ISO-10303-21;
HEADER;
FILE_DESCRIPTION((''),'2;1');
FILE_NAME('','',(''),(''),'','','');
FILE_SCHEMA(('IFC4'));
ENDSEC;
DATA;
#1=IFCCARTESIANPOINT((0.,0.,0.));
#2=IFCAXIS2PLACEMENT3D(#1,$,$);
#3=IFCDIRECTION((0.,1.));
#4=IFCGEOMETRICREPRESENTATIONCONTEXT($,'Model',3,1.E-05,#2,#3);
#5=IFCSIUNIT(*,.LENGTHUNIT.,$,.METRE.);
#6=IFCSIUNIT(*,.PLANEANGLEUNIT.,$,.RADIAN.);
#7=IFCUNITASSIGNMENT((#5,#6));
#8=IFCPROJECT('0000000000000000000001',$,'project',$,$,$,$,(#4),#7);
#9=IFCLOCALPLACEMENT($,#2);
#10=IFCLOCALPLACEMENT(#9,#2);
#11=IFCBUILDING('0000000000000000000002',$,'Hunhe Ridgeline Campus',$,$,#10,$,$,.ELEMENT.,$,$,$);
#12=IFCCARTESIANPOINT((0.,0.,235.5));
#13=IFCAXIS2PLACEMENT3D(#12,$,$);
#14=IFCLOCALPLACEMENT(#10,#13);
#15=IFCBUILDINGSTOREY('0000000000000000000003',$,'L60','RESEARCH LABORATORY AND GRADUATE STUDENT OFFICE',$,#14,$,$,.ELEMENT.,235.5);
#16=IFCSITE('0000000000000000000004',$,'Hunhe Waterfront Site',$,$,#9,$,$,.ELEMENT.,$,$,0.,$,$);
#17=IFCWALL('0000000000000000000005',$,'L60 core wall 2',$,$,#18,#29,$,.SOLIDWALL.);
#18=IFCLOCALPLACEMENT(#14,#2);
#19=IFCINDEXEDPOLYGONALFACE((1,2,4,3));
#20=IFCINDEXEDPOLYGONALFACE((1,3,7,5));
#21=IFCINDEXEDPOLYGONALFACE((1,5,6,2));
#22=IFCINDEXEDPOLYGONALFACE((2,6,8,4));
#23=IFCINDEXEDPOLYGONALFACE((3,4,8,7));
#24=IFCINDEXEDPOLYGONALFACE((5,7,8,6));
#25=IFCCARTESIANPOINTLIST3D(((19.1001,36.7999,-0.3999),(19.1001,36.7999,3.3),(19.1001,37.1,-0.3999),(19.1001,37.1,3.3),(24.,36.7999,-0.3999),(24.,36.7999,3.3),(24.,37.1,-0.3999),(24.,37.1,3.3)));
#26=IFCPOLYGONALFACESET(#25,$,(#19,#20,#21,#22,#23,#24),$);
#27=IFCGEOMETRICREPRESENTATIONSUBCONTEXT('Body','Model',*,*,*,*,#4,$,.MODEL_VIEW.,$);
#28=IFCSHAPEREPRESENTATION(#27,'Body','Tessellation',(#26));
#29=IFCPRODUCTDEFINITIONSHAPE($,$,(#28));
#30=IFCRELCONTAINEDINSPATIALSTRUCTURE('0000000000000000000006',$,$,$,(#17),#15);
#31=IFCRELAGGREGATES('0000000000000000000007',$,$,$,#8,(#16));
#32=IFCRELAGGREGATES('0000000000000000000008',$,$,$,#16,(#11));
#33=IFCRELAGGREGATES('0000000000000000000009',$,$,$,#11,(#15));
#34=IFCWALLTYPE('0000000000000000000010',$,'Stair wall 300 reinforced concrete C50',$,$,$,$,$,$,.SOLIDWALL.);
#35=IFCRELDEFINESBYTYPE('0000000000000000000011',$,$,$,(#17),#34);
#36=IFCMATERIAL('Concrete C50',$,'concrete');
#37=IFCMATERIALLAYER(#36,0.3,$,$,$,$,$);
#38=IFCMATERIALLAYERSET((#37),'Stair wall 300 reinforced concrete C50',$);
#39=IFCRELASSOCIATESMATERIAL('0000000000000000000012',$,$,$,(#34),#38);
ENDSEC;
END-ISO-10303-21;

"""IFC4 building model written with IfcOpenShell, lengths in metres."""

from ifc_helpers import new_model, si_unit, direction, frame, frame_2d, origin, place, context, subcontext, project, spatial, rectangle, extrude, material, layer, layer_set, type_object, element, save


model = new_model("IFC4")

# Units and contexts
model_context = context("Model", 3, precision=1e-05, world=origin(), true_north=direction((0.0, 1.0)))
body_context = subcontext(model_context, "Body", "Model", "MODEL_VIEW")
ifc_project = project(units=[si_unit("LENGTHUNIT", "METRE"), si_unit("PLANEANGLEUNIT", "RADIAN")], contexts=[model_context])

# Site, building, storey
site_placement = place(None, origin())
site = spatial("IfcSite", under=ifc_project, at=site_placement, Name="Hunhe Waterfront Site", CompositionType="ELEMENT", RefElevation=0.0)
building_placement = place(site_placement, origin())
building = spatial("IfcBuilding", under=site, at=building_placement, Name="Hunhe Ridgeline Campus", CompositionType="ELEMENT")
storey_placement = place(building_placement, frame((0.0, 0.0, 235.5)))
storey = spatial("IfcBuildingStorey", under=building, at=storey_placement, Name="L60", Description="RESEARCH LABORATORY AND GRADUATE STUDENT OFFICE", CompositionType="ELEMENT", Elevation=235.5)

# Wall
ifc_material_1 = material(Name="Concrete C50", Category="concrete")
ifc_layer_1 = layer(ifc_material_1, 0.3)
ifc_layer_set_1 = layer_set([ifc_layer_1], Name="Stair wall 300 reinforced concrete C50")
wall_type_1 = type_object("IfcWallType", Name="Stair wall 300 reinforced concrete C50", PredefinedType="SOLIDWALL", material=ifc_layer_set_1)
wall_1_placement = place(storey_placement, frame((19.1001, 36.95, -0.3999), z_axis=(0.0, 0.0, 1.0), x_axis=(1.0, 0.0, 0.0)))
element("IfcWall", 1, at=wall_1_placement, inside=storey, type_object=wall_type_1, Name="L60 core wall 2", PredefinedType="SOLIDWALL", context=body_context, shape_type="SweptSolid", body=[
    extrude(rectangle(XDim=4.8999, YDim=0.3, at=frame_2d((2.45, 0.0))), origin(), (0.0, 0.0, 1.0), 3.7),
])

save(model, "model.ifc")
